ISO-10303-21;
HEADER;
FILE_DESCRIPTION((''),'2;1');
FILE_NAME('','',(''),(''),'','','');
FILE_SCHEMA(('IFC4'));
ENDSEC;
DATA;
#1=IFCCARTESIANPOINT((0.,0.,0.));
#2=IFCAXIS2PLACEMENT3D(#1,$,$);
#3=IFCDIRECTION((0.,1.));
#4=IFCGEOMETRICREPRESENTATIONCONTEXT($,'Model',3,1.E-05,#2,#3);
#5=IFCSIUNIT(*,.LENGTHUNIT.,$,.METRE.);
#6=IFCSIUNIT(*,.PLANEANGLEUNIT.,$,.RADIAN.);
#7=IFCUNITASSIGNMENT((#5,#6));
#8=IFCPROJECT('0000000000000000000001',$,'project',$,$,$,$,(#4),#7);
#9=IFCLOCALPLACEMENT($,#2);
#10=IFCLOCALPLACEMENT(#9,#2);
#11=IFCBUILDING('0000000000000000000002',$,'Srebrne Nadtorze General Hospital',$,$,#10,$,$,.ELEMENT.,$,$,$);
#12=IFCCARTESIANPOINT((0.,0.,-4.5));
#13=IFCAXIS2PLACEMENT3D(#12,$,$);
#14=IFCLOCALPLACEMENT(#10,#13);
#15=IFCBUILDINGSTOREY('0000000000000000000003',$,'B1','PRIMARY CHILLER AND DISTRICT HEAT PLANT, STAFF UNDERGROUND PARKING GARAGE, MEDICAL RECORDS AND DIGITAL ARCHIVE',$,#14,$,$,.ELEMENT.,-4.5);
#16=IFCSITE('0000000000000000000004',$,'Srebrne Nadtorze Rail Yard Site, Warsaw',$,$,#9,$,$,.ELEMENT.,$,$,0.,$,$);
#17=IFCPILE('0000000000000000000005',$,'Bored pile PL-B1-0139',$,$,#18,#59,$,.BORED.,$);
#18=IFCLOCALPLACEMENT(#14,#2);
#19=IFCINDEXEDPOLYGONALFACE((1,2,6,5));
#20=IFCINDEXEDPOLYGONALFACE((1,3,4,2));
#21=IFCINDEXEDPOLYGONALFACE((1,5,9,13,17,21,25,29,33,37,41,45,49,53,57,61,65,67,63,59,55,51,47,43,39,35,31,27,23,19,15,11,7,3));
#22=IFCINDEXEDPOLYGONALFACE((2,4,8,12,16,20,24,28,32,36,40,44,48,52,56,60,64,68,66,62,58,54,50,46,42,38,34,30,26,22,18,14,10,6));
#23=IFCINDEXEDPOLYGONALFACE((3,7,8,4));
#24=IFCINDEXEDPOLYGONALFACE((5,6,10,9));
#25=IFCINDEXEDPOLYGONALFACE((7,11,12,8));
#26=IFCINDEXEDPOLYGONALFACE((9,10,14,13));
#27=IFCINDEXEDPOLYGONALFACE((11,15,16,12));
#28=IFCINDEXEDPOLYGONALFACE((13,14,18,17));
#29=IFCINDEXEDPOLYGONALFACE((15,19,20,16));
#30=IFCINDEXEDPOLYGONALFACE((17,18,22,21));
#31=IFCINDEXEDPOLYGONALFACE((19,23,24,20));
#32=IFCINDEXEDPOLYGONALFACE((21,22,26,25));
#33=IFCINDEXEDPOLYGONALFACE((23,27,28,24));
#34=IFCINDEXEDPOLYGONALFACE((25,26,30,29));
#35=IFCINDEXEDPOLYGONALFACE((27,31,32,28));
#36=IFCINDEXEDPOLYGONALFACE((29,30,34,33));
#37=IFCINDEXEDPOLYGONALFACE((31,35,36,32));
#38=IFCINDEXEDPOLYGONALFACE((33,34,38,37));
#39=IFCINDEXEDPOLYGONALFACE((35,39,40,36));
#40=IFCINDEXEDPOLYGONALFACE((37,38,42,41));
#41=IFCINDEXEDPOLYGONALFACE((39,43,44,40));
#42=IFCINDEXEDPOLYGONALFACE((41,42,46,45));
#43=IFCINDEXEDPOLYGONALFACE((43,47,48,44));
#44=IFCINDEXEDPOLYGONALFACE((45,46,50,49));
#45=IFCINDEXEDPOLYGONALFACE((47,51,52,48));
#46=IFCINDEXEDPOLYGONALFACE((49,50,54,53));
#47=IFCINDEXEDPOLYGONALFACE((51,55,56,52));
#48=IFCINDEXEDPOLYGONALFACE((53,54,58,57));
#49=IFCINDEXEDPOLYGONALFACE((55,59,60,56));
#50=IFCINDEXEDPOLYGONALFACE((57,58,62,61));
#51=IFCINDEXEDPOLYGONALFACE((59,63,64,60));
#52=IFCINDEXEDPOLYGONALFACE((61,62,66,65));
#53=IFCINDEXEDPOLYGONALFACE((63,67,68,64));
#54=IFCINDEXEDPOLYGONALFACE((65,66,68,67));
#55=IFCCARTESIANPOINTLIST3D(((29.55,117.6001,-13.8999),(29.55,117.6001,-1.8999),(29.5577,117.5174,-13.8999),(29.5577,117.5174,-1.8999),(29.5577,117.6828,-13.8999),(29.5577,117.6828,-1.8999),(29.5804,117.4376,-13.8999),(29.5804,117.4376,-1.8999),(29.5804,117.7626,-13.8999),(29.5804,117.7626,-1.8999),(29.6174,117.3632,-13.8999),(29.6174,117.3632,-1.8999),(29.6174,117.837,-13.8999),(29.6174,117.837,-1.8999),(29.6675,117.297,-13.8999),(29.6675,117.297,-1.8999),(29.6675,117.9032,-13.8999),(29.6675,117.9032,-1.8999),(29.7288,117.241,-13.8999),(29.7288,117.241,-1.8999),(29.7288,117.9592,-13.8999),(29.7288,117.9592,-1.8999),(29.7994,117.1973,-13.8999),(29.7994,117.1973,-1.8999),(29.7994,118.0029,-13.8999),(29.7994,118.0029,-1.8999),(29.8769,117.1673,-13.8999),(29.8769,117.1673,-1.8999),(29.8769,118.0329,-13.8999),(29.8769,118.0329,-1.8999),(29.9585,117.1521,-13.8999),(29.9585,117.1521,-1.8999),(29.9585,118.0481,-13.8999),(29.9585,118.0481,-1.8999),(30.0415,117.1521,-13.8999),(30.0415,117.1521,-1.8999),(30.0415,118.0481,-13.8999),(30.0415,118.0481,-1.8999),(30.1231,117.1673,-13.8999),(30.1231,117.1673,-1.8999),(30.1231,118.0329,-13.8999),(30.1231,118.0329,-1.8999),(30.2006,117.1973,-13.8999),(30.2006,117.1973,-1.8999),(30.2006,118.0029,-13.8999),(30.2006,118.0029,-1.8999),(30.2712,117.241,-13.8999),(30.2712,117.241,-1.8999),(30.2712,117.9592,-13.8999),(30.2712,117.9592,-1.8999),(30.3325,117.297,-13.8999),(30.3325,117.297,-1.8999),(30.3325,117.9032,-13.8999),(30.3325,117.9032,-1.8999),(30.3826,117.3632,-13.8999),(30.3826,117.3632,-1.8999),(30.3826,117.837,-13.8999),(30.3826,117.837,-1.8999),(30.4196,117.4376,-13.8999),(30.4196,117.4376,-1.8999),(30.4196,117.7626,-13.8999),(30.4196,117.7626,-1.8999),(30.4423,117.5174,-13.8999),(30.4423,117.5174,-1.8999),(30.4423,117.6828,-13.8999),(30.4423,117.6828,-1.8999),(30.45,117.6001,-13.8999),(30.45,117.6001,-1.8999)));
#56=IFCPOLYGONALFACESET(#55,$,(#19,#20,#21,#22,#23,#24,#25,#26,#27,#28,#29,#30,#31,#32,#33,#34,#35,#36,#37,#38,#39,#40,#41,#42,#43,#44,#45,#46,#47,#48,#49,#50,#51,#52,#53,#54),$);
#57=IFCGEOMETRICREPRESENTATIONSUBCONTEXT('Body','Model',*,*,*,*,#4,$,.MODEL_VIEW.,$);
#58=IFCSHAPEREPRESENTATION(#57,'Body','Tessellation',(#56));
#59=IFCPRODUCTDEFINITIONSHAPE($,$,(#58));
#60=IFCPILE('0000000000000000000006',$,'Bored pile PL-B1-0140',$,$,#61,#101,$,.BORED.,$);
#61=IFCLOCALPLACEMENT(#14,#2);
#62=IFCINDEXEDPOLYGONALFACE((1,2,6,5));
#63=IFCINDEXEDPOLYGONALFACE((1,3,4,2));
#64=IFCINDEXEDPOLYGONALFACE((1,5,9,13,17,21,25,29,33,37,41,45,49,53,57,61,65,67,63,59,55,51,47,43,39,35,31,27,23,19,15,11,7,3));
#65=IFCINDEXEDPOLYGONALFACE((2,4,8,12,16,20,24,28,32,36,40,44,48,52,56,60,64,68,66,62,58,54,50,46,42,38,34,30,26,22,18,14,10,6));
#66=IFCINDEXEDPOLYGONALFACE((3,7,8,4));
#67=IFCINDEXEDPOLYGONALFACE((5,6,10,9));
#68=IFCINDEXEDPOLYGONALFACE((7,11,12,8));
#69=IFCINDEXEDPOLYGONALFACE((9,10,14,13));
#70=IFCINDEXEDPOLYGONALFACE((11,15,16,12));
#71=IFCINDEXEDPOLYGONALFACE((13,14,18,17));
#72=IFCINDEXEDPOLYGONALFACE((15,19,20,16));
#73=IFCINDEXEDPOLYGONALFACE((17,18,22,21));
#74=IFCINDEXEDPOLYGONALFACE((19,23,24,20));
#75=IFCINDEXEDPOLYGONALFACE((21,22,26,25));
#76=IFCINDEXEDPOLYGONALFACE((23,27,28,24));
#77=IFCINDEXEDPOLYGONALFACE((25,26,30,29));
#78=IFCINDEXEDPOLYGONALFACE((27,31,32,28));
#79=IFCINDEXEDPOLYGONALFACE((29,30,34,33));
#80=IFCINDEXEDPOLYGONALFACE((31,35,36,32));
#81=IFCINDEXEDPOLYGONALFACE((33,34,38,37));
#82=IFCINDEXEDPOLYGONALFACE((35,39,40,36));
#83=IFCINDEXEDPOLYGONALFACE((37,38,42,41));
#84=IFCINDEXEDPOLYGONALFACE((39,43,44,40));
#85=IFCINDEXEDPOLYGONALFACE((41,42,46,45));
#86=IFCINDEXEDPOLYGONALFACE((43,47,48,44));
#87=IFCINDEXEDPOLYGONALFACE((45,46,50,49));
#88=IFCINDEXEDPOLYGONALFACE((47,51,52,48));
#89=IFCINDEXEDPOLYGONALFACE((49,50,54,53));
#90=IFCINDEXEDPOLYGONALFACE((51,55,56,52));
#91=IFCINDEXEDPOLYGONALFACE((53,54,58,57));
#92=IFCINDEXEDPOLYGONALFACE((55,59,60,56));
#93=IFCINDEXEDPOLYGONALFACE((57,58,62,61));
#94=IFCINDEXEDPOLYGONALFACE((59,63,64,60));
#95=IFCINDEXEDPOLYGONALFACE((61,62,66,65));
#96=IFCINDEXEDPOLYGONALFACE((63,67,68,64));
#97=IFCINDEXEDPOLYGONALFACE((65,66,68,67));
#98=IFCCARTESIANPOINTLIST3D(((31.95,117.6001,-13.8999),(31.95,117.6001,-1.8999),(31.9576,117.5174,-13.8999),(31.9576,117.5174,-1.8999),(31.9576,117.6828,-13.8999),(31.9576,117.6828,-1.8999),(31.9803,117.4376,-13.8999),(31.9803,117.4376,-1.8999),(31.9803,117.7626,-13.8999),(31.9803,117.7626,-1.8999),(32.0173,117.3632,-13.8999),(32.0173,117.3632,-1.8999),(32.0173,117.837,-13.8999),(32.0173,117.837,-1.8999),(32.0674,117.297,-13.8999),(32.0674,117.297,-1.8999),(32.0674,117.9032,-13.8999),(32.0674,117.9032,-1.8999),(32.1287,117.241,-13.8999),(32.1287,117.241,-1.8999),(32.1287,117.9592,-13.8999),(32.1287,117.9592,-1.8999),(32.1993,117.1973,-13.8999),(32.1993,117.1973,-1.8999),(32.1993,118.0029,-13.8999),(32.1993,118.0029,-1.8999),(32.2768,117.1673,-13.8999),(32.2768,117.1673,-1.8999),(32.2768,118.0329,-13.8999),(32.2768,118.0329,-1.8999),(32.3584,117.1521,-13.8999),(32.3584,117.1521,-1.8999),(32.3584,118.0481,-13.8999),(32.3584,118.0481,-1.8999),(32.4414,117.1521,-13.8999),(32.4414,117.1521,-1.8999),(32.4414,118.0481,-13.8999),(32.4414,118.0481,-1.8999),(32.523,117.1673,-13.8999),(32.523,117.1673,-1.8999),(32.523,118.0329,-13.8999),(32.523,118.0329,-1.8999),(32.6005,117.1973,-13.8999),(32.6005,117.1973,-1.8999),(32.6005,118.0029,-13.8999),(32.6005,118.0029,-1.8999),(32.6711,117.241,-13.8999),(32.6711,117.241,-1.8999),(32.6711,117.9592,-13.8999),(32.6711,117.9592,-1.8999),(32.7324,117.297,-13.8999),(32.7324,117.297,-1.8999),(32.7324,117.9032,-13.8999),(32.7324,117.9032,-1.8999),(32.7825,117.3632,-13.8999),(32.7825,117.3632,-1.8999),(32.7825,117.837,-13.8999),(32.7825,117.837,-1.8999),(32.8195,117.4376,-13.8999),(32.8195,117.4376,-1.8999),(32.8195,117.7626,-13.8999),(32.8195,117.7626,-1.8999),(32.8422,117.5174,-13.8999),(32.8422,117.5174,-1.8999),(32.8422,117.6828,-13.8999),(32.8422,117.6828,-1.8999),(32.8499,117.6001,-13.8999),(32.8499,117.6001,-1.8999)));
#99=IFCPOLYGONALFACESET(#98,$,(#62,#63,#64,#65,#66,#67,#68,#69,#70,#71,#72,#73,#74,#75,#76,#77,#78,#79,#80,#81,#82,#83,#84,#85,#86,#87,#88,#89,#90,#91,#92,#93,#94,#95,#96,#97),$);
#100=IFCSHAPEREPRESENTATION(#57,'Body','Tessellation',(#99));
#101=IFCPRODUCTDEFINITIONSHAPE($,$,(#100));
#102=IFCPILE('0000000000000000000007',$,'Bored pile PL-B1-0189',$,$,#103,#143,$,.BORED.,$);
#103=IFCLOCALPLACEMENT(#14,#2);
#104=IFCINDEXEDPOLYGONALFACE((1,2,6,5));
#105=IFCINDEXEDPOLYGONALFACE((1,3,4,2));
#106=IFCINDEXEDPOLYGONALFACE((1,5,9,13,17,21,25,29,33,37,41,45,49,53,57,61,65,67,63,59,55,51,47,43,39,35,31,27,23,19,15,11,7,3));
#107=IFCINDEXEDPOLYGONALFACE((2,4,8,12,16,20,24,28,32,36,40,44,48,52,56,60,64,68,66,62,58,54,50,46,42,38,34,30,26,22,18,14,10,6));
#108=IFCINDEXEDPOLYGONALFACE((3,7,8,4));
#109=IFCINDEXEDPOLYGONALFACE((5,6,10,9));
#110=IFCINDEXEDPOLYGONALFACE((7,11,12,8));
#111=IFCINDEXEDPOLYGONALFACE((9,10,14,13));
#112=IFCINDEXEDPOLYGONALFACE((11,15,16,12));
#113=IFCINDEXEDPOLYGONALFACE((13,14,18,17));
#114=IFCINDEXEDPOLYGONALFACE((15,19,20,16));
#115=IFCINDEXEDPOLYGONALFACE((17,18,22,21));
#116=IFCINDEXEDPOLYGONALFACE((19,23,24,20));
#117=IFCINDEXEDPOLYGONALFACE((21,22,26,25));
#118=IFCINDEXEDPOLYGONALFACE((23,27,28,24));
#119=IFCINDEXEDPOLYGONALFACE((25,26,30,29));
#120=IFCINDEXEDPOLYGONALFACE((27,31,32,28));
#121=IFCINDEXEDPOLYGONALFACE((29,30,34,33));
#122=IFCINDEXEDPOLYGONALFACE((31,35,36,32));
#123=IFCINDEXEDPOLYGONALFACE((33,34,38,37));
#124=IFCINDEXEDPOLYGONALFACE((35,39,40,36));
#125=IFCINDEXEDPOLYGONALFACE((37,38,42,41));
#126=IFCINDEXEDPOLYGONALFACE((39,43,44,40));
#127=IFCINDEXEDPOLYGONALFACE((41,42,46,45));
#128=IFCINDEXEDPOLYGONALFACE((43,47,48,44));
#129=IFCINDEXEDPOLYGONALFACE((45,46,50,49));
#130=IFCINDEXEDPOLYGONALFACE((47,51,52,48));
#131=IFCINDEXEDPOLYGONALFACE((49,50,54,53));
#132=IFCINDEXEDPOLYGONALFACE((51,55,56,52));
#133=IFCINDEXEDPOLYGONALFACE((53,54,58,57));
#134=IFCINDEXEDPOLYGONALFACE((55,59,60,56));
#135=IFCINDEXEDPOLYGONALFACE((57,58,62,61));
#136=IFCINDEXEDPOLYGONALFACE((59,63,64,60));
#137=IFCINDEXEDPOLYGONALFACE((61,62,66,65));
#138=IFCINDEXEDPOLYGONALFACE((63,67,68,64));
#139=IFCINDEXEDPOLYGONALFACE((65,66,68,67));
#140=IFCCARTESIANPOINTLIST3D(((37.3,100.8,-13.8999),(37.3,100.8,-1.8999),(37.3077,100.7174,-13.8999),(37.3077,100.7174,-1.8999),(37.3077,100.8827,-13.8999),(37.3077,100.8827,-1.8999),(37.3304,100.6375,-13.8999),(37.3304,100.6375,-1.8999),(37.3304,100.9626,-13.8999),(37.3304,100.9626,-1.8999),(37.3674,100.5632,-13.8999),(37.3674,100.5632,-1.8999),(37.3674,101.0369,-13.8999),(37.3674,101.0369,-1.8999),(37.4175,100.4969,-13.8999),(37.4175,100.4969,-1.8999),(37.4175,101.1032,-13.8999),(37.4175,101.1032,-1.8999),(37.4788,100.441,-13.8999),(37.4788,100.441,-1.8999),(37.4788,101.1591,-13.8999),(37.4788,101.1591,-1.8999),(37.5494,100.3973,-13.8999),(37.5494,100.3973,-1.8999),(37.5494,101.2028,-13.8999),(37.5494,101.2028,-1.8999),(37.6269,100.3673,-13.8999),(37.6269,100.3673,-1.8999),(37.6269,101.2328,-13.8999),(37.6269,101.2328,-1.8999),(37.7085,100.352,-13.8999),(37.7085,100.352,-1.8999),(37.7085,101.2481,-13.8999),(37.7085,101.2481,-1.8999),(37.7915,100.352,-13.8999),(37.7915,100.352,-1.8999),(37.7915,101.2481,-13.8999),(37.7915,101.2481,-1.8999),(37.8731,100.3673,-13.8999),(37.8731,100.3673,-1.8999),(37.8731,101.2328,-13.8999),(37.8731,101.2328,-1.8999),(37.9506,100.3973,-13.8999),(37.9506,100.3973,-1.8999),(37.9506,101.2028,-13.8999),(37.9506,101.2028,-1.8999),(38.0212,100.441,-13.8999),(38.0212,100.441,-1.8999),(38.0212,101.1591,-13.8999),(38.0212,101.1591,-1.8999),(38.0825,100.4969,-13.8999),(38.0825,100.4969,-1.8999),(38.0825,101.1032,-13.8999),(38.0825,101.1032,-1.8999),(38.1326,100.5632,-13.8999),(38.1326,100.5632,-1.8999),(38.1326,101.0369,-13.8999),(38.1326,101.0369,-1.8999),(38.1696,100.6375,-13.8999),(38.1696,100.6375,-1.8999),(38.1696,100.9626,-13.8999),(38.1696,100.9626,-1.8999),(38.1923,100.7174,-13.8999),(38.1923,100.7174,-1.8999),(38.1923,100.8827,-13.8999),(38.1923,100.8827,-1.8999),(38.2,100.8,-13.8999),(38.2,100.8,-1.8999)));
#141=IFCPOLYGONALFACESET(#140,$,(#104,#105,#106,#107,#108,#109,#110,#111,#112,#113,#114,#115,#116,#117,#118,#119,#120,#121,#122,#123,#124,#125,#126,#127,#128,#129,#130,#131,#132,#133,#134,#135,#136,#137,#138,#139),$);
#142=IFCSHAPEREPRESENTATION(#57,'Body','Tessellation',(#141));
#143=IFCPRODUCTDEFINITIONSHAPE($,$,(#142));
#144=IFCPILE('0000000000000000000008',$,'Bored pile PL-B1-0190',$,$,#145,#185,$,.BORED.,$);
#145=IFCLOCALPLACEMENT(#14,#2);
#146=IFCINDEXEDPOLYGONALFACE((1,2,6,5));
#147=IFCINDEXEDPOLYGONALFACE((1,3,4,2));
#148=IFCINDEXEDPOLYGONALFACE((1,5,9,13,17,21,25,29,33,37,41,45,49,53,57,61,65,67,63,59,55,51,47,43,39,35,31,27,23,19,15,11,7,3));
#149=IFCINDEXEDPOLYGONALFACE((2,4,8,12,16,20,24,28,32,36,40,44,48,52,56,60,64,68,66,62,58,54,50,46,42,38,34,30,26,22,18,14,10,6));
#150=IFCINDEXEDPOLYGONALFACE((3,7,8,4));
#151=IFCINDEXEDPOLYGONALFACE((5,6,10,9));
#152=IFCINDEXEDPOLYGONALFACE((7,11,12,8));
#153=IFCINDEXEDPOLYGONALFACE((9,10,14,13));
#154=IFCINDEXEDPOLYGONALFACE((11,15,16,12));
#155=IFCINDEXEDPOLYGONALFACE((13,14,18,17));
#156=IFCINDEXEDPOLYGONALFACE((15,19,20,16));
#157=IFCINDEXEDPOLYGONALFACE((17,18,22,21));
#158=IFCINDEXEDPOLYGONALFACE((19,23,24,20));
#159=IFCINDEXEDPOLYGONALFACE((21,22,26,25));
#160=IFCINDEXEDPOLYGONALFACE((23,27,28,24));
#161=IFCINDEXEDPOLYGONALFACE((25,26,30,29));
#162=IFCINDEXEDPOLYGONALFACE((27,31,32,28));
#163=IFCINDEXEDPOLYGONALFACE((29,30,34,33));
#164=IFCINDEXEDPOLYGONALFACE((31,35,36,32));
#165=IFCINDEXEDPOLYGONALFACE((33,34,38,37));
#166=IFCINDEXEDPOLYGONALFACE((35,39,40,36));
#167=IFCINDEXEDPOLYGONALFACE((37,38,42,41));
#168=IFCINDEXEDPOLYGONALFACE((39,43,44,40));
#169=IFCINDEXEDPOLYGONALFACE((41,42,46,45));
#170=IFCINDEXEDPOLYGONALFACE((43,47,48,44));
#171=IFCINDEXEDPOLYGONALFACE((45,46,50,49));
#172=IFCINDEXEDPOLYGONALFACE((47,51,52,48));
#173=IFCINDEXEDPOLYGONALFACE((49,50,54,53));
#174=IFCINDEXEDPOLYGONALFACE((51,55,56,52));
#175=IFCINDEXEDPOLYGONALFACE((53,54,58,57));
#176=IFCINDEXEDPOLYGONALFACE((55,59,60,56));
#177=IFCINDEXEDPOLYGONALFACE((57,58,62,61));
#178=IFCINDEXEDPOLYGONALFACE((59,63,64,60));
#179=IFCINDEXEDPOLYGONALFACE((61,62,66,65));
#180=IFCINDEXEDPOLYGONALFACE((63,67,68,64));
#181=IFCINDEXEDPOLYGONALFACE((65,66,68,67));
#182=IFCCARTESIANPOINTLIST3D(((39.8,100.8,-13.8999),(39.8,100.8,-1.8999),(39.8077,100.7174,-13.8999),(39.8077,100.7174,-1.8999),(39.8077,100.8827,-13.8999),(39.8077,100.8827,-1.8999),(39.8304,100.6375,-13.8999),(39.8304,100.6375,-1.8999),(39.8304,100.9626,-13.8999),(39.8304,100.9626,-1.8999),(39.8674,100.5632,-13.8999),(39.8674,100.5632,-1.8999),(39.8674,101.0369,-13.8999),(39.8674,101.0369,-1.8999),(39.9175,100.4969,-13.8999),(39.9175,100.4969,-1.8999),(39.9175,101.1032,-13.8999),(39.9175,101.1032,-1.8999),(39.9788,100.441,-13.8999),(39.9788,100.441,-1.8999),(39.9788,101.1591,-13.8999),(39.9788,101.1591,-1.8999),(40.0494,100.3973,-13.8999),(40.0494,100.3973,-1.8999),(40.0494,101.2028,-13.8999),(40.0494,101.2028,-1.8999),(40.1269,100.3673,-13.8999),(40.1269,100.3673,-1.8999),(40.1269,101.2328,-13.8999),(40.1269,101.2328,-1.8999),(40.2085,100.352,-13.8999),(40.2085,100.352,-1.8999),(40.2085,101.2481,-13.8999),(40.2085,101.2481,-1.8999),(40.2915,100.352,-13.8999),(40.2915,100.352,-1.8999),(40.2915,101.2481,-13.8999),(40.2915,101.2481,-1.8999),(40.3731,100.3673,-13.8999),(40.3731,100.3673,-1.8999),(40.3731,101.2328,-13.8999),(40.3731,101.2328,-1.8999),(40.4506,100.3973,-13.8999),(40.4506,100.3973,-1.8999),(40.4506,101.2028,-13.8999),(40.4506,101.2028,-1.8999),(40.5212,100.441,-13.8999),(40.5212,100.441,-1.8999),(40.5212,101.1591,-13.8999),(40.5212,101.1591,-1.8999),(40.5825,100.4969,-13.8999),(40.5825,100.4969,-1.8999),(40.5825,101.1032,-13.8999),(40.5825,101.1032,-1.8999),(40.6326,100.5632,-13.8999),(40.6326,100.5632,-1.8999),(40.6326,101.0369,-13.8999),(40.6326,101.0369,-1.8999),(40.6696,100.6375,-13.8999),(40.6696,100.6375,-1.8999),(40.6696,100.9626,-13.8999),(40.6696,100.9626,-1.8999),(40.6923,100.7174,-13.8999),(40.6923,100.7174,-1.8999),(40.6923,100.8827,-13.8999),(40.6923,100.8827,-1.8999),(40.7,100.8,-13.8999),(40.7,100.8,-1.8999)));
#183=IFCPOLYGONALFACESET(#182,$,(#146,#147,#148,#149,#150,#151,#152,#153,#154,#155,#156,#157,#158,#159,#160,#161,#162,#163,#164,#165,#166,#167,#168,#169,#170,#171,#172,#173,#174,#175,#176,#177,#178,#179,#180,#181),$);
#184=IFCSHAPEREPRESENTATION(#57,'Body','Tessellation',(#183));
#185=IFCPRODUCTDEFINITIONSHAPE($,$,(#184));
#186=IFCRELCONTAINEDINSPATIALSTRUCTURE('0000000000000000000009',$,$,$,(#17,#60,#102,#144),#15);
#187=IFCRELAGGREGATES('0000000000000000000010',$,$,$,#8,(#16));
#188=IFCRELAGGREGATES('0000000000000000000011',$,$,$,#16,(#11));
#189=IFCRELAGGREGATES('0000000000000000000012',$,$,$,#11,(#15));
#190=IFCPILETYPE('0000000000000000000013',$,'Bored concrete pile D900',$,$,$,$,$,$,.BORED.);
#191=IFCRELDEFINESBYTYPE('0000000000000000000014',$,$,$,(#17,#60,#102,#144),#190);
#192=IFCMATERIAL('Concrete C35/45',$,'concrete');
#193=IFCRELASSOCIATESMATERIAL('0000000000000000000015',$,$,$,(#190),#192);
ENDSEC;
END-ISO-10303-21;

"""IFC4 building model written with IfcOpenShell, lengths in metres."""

from ifc_helpers import new_model, si_unit, direction, frame, origin, origin_2d, place, context, subcontext, project, spatial, circle, extrude, material, material_profile, profile_set, type_object, element, save


model = new_model("IFC4")

# Units and contexts
model_context = context("Model", 3, precision=1e-05, world=origin(), true_north=direction((0.0, 1.0)))
body_context = subcontext(model_context, "Body", "Model", "MODEL_VIEW")
ifc_project = project(units=[si_unit("LENGTHUNIT", "METRE"), si_unit("PLANEANGLEUNIT", "RADIAN")], contexts=[model_context])

# Site, building, storey
site_placement = place(None, origin())
site = spatial("IfcSite", under=ifc_project, at=site_placement, Name="Srebrne Nadtorze Rail Yard Site, Warsaw", CompositionType="ELEMENT", RefElevation=0.0)
building_placement = place(site_placement, origin())
building = spatial("IfcBuilding", under=site, at=building_placement, Name="Srebrne Nadtorze General Hospital", CompositionType="ELEMENT")
storey_placement = place(building_placement, frame((0.0, 0.0, -4.5)))
storey = spatial("IfcBuildingStorey", under=building, at=storey_placement, Name="B1", Description="PRIMARY CHILLER AND DISTRICT HEAT PLANT, STAFF UNDERGROUND PARKING GARAGE, MEDICAL RECORDS AND DIGITAL ARCHIVE", CompositionType="ELEMENT", Elevation=-4.5)

# Piles
ifc_material_1 = material(Name="Concrete C35/45", Category="concrete")
ifc_material_profile_1 = material_profile(ifc_material_1, circle(Radius=0.45, at=origin_2d()), Name="PILE-D900")
ifc_profile_set_1 = profile_set([ifc_material_profile_1], Name="Concrete C35/45")
pile_type_1 = type_object("IfcPileType", Name="Bored concrete pile D900", PredefinedType="BORED", material=ifc_profile_set_1)
for number, where, z_axis, x_axis, name in (
    (1, (30.0, 117.6001, -1.8999), (0.0, 0.0, -1.0), (1.0, 0.0, 0.0), "Bored pile PL-B1-0139"),
    (2, (32.3999, 117.6001, -1.8999), (0.0, 0.0, -1.0), (1.0, 0.0, 0.0), "Bored pile PL-B1-0140"),
    (3, (37.75, 100.8, -1.8999), (0.0, 0.0, -1.0), (1.0, 0.0, 0.0), "Bored pile PL-B1-0189"),
    (4, (40.25, 100.8, -1.8999), (0.0, 0.0, -1.0), (1.0, 0.0, 0.0), "Bored pile PL-B1-0190"),
):
    element("IfcPile", number, at=place(storey_placement, frame(where, z_axis=z_axis, x_axis=x_axis)), inside=storey, type_object=pile_type_1, Name=name, PredefinedType="BORED", context=body_context, shape_type="SweptSolid", body=[
        extrude(circle(Radius=0.45, at=origin_2d()), origin(), (0.0, 0.0, 1.0), 12.0),
    ])

save(model, "model.ifc")
